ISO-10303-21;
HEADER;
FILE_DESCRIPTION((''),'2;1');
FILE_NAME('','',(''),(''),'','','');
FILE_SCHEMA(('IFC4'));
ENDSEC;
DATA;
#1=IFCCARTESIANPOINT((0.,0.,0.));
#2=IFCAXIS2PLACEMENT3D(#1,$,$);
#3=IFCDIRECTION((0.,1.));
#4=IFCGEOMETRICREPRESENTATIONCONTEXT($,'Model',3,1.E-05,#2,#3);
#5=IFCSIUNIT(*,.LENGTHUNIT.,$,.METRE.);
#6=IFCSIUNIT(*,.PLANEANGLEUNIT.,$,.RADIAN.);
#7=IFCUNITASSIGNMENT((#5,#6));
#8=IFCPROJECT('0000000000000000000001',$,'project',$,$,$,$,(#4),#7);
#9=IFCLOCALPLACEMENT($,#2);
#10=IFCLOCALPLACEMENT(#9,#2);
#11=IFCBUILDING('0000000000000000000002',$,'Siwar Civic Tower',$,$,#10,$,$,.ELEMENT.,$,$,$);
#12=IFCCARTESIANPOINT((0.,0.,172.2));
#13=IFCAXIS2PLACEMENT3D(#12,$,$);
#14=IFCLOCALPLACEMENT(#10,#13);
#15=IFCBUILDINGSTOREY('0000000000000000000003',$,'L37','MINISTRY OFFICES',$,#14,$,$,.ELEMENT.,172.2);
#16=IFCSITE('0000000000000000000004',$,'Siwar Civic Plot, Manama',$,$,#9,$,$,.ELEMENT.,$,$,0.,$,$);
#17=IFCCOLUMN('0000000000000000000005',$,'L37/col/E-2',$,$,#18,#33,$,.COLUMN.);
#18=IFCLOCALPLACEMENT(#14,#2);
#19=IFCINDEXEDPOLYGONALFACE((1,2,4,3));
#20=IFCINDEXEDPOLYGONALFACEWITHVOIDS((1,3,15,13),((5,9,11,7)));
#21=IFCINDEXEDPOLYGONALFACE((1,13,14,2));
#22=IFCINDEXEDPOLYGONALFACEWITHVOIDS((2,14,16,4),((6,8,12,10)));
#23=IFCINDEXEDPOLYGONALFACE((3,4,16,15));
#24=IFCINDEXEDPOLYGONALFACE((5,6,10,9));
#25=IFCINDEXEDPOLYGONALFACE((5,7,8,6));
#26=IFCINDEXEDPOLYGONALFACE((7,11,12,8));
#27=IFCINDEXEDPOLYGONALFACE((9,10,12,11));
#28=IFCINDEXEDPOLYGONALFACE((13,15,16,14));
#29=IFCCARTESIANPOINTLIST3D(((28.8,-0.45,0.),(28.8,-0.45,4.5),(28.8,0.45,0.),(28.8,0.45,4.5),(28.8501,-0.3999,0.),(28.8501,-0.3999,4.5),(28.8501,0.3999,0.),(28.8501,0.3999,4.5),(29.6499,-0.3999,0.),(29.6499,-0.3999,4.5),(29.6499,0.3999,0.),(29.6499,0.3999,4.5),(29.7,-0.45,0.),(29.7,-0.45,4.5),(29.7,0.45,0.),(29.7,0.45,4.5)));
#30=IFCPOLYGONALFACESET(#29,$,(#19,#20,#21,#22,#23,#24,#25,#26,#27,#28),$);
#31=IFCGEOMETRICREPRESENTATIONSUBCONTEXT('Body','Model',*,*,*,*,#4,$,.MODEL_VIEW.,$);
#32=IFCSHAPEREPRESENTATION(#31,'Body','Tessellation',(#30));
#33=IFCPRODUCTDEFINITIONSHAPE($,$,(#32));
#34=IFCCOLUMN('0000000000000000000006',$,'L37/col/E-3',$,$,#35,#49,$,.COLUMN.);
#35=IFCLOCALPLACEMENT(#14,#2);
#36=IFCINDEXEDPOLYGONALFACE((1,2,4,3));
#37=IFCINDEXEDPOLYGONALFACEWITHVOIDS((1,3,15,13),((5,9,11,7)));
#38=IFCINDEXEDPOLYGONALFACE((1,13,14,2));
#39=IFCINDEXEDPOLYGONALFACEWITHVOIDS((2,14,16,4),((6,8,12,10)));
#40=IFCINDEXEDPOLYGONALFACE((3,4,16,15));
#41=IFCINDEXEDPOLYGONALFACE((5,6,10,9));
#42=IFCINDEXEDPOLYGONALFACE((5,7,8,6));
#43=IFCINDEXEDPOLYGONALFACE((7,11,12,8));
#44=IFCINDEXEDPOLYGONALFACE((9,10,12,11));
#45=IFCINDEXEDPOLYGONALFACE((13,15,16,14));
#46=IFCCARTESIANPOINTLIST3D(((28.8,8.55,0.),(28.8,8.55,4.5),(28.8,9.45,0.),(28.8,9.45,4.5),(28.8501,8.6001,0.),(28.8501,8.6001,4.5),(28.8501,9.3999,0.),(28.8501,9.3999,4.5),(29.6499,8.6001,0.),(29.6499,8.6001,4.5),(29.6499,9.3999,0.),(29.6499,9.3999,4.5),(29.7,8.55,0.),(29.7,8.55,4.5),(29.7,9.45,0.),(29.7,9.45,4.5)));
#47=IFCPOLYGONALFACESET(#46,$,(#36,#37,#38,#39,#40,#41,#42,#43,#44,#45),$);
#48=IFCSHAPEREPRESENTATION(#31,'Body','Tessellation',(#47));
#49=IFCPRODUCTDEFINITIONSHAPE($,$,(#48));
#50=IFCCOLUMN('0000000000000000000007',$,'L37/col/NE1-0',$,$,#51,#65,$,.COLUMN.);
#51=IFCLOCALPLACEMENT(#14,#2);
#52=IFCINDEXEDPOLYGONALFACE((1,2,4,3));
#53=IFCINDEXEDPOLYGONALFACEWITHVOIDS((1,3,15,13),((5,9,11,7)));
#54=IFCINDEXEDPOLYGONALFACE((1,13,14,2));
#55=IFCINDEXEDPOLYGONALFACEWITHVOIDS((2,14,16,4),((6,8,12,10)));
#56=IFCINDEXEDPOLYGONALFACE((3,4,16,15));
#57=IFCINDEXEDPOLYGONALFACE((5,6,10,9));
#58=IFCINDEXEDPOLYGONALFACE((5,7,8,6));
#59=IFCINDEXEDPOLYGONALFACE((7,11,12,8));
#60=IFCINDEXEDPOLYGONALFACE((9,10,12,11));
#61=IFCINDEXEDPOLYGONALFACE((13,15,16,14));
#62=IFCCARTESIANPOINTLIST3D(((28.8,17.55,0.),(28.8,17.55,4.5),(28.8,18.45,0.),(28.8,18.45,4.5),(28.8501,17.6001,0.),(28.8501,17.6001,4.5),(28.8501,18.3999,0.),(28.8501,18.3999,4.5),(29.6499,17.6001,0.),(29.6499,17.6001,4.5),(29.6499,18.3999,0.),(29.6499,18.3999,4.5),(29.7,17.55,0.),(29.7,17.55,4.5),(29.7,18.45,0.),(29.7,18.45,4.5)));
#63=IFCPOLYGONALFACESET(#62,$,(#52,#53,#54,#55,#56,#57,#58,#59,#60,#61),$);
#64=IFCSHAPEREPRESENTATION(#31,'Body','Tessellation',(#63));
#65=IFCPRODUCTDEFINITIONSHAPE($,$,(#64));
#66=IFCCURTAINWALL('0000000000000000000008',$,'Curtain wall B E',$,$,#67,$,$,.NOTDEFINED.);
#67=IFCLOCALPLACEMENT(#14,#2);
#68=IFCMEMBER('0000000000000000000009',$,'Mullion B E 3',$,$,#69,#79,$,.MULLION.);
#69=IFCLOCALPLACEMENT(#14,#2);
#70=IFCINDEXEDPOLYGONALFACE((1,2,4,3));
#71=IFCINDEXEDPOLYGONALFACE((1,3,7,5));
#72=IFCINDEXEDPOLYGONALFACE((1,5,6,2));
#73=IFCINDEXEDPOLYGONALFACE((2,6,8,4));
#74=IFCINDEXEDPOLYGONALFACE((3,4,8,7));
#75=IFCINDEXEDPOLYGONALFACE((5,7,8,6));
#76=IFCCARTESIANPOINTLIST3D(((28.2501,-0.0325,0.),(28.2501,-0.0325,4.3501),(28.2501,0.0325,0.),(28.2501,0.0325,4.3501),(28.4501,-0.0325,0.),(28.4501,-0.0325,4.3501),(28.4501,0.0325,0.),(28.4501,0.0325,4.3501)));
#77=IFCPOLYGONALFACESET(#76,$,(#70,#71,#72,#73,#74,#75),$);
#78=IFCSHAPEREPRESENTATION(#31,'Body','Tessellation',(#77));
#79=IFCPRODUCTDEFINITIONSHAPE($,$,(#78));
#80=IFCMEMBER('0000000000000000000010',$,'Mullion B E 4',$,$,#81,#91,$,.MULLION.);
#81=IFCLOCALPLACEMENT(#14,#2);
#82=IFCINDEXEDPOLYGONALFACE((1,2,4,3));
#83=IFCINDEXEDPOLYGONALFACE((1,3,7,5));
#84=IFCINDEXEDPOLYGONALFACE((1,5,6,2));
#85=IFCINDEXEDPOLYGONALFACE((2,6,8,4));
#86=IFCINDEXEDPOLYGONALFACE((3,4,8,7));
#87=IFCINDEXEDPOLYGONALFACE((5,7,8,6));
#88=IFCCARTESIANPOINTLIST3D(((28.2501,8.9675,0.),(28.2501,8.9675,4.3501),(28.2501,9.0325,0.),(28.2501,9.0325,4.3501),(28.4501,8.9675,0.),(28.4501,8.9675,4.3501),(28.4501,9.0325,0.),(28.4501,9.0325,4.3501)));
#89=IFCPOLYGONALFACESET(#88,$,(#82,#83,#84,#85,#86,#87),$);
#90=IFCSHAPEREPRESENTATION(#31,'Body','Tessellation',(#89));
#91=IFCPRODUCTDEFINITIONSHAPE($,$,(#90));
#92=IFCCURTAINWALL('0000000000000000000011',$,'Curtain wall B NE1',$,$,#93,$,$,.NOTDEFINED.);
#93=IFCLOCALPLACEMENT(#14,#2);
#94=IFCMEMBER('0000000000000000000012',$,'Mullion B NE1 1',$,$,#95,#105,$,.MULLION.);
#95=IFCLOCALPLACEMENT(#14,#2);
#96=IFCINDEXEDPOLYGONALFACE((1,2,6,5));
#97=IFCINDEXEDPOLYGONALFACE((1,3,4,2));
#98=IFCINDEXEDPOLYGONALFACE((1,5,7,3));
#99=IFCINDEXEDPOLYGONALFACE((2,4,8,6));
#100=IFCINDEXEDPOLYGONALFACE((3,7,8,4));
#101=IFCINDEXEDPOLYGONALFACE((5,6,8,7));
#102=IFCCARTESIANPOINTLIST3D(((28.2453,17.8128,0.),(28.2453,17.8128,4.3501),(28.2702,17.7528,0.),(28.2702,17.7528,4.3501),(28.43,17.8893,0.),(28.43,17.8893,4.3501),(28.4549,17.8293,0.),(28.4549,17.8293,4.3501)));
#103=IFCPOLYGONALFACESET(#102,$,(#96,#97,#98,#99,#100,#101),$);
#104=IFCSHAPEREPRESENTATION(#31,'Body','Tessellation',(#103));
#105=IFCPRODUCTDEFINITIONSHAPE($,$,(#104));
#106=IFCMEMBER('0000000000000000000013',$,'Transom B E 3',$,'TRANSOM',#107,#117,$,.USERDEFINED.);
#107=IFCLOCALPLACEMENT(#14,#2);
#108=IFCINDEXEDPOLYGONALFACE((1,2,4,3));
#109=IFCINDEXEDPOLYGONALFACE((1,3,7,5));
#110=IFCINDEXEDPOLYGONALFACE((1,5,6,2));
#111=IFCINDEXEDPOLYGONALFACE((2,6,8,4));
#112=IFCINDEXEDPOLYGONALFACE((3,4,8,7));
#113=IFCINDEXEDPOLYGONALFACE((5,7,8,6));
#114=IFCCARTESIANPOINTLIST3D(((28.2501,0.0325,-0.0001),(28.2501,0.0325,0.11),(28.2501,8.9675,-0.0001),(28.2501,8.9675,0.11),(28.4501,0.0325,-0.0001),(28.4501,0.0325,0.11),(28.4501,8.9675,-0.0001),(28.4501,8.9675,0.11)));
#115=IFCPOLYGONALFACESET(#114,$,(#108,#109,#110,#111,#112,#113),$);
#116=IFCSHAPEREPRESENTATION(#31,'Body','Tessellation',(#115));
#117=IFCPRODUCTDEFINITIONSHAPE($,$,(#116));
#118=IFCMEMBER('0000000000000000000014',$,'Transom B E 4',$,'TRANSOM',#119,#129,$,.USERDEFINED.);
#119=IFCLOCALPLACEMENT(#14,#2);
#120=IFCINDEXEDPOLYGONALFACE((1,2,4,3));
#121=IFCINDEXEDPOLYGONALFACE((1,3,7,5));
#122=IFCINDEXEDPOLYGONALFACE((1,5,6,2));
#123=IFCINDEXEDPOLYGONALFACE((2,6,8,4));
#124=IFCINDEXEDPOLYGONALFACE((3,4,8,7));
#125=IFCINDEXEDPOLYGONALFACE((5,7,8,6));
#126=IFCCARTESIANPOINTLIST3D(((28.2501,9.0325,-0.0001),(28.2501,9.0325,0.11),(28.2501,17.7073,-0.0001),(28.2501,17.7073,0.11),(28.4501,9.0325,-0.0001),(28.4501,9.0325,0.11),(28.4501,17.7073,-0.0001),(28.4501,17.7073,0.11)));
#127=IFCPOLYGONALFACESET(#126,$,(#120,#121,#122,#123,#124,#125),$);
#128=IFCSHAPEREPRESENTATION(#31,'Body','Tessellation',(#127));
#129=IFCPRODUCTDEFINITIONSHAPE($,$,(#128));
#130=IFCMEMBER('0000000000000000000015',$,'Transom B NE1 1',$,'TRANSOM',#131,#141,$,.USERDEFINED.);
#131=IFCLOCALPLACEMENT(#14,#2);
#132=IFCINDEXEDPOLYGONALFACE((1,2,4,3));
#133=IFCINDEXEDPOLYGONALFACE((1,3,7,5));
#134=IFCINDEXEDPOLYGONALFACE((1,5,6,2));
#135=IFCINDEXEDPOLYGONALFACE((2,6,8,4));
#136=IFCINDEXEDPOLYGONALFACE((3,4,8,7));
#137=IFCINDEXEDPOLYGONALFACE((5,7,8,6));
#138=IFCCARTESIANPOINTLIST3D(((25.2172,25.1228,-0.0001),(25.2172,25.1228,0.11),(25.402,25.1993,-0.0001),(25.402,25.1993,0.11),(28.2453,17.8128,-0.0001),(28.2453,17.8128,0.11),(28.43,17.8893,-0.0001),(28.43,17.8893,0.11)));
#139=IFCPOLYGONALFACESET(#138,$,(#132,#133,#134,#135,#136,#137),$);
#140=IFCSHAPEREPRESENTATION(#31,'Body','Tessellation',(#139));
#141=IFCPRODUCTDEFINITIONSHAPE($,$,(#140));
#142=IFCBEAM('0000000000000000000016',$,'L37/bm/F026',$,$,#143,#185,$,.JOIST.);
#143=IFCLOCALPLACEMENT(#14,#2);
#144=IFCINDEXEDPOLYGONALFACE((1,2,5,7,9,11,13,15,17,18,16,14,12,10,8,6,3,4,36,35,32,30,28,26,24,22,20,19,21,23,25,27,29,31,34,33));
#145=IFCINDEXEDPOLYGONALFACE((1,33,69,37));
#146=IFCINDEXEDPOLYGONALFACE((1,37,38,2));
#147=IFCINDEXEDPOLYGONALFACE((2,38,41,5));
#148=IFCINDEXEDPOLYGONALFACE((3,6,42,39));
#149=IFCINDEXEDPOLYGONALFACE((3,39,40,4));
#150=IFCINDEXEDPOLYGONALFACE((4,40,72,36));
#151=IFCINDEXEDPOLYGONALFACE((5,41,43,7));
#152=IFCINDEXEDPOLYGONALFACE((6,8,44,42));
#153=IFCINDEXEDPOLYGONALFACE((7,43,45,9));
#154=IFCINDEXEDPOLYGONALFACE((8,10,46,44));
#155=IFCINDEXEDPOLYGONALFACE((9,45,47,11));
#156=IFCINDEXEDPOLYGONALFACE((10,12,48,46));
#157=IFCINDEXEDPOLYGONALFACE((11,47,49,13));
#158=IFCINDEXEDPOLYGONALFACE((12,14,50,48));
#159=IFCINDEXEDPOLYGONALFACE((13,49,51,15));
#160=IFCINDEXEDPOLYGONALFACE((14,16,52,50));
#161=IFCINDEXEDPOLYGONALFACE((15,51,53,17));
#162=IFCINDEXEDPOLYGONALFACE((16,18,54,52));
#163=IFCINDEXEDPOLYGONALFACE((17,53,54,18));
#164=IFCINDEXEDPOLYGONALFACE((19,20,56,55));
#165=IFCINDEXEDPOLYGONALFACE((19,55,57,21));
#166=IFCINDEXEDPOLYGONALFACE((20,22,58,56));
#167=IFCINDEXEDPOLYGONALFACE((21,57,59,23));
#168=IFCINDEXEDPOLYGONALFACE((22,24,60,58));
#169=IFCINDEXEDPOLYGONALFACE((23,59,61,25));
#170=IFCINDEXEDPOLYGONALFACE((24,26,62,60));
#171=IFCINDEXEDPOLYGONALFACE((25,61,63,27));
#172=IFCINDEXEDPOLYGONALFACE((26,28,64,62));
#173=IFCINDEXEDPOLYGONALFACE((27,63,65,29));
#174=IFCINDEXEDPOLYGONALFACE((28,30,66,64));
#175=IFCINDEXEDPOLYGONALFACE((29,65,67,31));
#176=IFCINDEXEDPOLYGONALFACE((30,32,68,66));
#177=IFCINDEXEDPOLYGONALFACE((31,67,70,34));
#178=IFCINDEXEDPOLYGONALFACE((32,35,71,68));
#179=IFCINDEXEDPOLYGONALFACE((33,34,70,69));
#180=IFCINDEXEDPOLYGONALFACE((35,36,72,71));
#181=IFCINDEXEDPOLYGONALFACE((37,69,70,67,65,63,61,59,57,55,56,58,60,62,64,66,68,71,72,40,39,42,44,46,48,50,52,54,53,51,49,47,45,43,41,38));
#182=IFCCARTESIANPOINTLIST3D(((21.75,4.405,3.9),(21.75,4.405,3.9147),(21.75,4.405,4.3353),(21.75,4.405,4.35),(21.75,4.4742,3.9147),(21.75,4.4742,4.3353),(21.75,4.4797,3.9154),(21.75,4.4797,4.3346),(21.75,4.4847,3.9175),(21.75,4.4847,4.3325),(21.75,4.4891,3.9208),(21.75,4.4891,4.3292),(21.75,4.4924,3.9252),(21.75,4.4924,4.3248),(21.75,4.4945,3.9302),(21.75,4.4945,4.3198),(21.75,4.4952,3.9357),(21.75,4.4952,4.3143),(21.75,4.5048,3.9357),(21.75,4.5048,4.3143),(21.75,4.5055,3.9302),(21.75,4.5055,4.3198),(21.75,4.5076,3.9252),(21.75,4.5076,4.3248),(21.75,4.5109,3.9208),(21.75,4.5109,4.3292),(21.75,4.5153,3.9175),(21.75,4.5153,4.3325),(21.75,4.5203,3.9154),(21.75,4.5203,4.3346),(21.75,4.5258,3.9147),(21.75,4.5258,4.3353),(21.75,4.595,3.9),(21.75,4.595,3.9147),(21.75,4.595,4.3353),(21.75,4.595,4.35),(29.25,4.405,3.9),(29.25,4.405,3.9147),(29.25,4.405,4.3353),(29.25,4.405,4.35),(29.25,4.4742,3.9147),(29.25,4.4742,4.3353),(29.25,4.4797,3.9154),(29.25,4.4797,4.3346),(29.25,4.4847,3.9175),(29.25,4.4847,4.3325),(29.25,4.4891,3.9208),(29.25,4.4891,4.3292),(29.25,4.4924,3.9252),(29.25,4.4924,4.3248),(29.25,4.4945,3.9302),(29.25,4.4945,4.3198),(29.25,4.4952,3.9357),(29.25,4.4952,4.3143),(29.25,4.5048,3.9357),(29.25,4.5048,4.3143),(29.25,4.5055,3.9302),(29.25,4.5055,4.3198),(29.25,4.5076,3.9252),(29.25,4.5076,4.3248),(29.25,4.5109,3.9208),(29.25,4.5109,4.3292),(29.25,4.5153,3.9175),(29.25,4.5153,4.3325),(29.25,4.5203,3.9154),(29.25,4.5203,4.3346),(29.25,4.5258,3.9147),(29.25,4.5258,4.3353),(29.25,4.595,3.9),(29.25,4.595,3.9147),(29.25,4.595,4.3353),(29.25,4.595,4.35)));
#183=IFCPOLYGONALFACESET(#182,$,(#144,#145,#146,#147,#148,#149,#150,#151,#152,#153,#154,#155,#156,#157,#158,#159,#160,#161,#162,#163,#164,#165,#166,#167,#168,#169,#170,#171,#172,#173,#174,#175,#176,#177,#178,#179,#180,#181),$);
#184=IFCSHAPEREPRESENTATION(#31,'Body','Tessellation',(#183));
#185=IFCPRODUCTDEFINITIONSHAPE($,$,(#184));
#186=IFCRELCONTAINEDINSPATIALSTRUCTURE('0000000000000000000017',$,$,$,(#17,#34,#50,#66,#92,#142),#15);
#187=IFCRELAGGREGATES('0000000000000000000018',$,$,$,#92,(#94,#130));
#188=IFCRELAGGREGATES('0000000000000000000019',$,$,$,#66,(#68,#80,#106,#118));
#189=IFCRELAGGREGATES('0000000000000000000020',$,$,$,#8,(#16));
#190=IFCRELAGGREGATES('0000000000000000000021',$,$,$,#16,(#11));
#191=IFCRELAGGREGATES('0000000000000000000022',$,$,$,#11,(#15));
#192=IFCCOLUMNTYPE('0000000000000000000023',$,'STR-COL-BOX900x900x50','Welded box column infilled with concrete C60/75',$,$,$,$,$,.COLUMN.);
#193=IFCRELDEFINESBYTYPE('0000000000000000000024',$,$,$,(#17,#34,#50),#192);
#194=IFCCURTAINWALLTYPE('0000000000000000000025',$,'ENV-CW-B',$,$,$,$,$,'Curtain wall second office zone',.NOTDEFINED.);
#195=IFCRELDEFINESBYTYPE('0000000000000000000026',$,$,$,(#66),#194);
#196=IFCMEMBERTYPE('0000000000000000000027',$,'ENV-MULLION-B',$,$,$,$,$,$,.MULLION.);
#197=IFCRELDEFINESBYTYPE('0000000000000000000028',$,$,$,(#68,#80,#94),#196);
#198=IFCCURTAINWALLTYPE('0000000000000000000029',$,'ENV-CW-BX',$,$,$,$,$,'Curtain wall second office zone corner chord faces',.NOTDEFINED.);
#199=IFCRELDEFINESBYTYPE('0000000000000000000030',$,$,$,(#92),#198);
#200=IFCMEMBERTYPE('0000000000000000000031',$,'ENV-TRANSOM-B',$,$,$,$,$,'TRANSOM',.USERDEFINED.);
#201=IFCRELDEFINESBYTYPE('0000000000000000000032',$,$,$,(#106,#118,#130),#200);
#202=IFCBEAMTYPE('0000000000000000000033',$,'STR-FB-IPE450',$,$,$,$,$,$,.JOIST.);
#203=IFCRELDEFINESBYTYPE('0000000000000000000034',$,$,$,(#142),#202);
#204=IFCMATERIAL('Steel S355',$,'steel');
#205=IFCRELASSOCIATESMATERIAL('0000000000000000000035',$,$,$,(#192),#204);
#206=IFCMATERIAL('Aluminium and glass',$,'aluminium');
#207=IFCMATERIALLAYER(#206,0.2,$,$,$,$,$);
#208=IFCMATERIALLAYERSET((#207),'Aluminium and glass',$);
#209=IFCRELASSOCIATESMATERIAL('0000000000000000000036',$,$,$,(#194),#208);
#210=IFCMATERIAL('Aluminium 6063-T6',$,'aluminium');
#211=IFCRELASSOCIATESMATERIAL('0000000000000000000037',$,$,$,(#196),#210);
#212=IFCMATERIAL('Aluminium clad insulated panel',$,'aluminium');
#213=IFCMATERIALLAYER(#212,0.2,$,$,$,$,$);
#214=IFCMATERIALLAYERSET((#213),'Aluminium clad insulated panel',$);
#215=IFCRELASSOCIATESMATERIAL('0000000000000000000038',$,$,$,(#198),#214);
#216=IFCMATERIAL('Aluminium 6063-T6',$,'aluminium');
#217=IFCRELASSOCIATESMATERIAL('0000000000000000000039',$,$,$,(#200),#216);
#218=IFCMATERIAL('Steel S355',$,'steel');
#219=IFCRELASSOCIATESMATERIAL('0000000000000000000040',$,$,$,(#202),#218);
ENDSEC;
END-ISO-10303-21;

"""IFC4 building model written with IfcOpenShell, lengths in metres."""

from ifc_helpers import new_model, si_unit, direction, frame, origin, origin_2d, place, context, subcontext, project, spatial, rectangle, hollow_rectangle, i_section, extrude, material, layer, layer_set, material_profile, profile_set, type_object, element, aggregate, save


model = new_model("IFC4")

# Units and contexts
model_context = context("Model", 3, precision=1e-05, world=origin(), true_north=direction((0.0, 1.0)))
body_context = subcontext(model_context, "Body", "Model", "MODEL_VIEW")
ifc_project = project(units=[si_unit("LENGTHUNIT", "METRE"), si_unit("PLANEANGLEUNIT", "RADIAN")], contexts=[model_context])

# Site, building, storey
site_placement = place(None, origin())
site = spatial("IfcSite", under=ifc_project, at=site_placement, Name="Siwar Civic Plot, Manama", CompositionType="ELEMENT", RefElevation=0.0)
building_placement = place(site_placement, origin())
building = spatial("IfcBuilding", under=site, at=building_placement, Name="Siwar Civic Tower", CompositionType="ELEMENT")
storey_placement = place(building_placement, frame((0.0, 0.0, 172.2)))
storey = spatial("IfcBuildingStorey", under=building, at=storey_placement, Name="L37", Description="MINISTRY OFFICES", CompositionType="ELEMENT", Elevation=172.2)

# Columns
ifc_material_1 = material(Name="Steel S355", Category="steel")
ifc_material_profile_1 = material_profile(ifc_material_1, hollow_rectangle(XDim=0.8999, YDim=0.8999, WallThickness=0.05, at=origin_2d()), Name="BOX900x900x50")
ifc_profile_set_1 = profile_set([ifc_material_profile_1], Name="Steel S355")
column_type = type_object("IfcColumnType", Name="STR-COL-BOX900x900x50", Description="Welded box column infilled with concrete C60/75", PredefinedType="COLUMN", material=ifc_profile_set_1)
for number, where, z_axis, x_axis, name in (
    (1, (29.25, 0.0, 0.0), (0.0, 0.0, 1.0), (1.0, 0.0, 0.0), "L37/col/E-2"),
    (2, (29.25, 9.0, 0.0), (0.0, 0.0, 1.0), (1.0, 0.0, 0.0), "L37/col/E-3"),
    (3, (29.25, 18.0, 0.0), (0.0, 0.0, 1.0), (1.0, 0.0, 0.0), "L37/col/NE1-0"),
):
    element("IfcColumn", number, at=place(storey_placement, frame(where, z_axis=z_axis, x_axis=x_axis)), inside=storey, type_object=column_type, Name=name, PredefinedType="COLUMN", context=body_context, shape_type="SweptSolid", body=[
        extrude(hollow_rectangle(XDim=0.8999, YDim=0.8999, WallThickness=0.05, at=origin_2d()), origin(), (0.0, 0.0, 1.0), 4.5),
    ])

# Curtain wall, members
ifc_material_2 = material(Name="Aluminium and glass", Category="aluminium")
ifc_layer_1 = layer(ifc_material_2, 0.2)
ifc_layer_set_1 = layer_set([ifc_layer_1], Name="Aluminium and glass")
curtain_wall_type_1 = type_object("IfcCurtainWallType", Name="ENV-CW-B", ElementType="Curtain wall second office zone", PredefinedType="NOTDEFINED", material=ifc_layer_set_1)
curtain_wall_1_placement = place(storey_placement, origin())
curtain_wall_1 = element("IfcCurtainWall", 4, at=curtain_wall_1_placement, inside=storey, type_object=curtain_wall_type_1, Name="Curtain wall B E", PredefinedType="NOTDEFINED")
ifc_material_3 = material(Name="Aluminium 6063-T6", Category="aluminium")
ifc_material_profile_2 = material_profile(ifc_material_3, rectangle(XDim=0.2, YDim=0.0649, at=origin_2d()), Name="AL 200x65")
ifc_profile_set_2 = profile_set([ifc_material_profile_2], Name="Aluminium 6063-T6")
member_type_1 = type_object("IfcMemberType", Name="ENV-MULLION-B", PredefinedType="MULLION", material=ifc_profile_set_2)
member_1_placement = place(storey_placement, frame((28.3501, 0.0, 0.0), z_axis=(0.0, 0.0, 1.0), x_axis=(-1.0, 0.0, 0.0)))
member_1 = element("IfcMember", 5, at=member_1_placement, type_object=member_type_1, Name="Mullion B E 3", PredefinedType="MULLION", context=body_context, shape_type="SweptSolid", body=[
    extrude(rectangle(XDim=0.2, YDim=0.0649, at=origin_2d()), origin(), (0.0, 0.0, 1.0), 4.3501),
])
member_2_placement = place(storey_placement, frame((28.3501, 9.0, 0.0), z_axis=(0.0, 0.0, 1.0), x_axis=(-1.0, 0.0, 0.0)))
member_2 = element("IfcMember", 6, at=member_2_placement, type_object=member_type_1, Name="Mullion B E 4", PredefinedType="MULLION", context=body_context, shape_type="SweptSolid", body=[
    extrude(rectangle(XDim=0.2, YDim=0.0649, at=origin_2d()), origin(), (0.0, 0.0, 1.0), 4.3501),
])

# Curtain wall, member
ifc_material_4 = material(Name="Aluminium clad insulated panel", Category="aluminium")
ifc_layer_2 = layer(ifc_material_4, 0.2)
ifc_layer_set_2 = layer_set([ifc_layer_2], Name="Aluminium clad insulated panel")
curtain_wall_type_2 = type_object("IfcCurtainWallType", Name="ENV-CW-BX", ElementType="Curtain wall second office zone corner chord faces", PredefinedType="NOTDEFINED", material=ifc_layer_set_2)
curtain_wall_2_placement = place(storey_placement, origin())
curtain_wall_2 = element("IfcCurtainWall", 7, at=curtain_wall_2_placement, inside=storey, type_object=curtain_wall_type_2, Name="Curtain wall B NE1", PredefinedType="NOTDEFINED")
member_3_placement = place(storey_placement, frame((28.3501, 17.821, 0.0), z_axis=(0.0, 0.0, 1.0), x_axis=(-0.92388, -0.382683, 0.0)))
member_3 = element("IfcMember", 8, at=member_3_placement, type_object=member_type_1, Name="Mullion B NE1 1", PredefinedType="MULLION", context=body_context, shape_type="SweptSolid", body=[
    extrude(rectangle(XDim=0.2, YDim=0.0649, at=origin_2d()), origin(), (0.0, 0.0, 1.0), 4.3501),
])

# Members
ifc_material_5 = material(Name="Aluminium 6063-T6", Category="aluminium")
ifc_material_profile_3 = material_profile(ifc_material_5, rectangle(XDim=0.2, YDim=0.1101, at=origin_2d()), Name="AL 200x110")
ifc_profile_set_3 = profile_set([ifc_material_profile_3], Name="Aluminium 6063-T6")
member_type_2 = type_object("IfcMemberType", Name="ENV-TRANSOM-B", ElementType="TRANSOM", PredefinedType="USERDEFINED", material=ifc_profile_set_3)
member_4_placement = place(storey_placement, frame((28.3501, 0.0325, 0.0549), z_axis=(0.0, 1.0, 0.0), x_axis=(-1.0, 0.0, 0.0)))
member_4 = element("IfcMember", 9, at=member_4_placement, type_object=member_type_2, Name="Transom B E 3", ObjectType="TRANSOM", PredefinedType="USERDEFINED", context=body_context, shape_type="SweptSolid", body=[
    extrude(rectangle(XDim=0.2, YDim=0.1101, at=origin_2d()), origin(), (0.0, 0.0, 1.0), 8.9351),
])
member_5_placement = place(storey_placement, frame((28.3501, 9.0325, 0.0549), z_axis=(0.0, 1.0, 0.0), x_axis=(-1.0, 0.0, 0.0)))
member_5 = element("IfcMember", 10, at=member_5_placement, type_object=member_type_2, Name="Transom B E 4", ObjectType="TRANSOM", PredefinedType="USERDEFINED", context=body_context, shape_type="SweptSolid", body=[
    extrude(rectangle(XDim=0.2, YDim=0.1101, at=origin_2d()), origin(), (0.0, 0.0, 1.0), 8.6748),
])
member_6_placement = place(storey_placement, frame((28.3376, 17.8511, 0.0549), z_axis=(-0.3827, 0.923873, 0.0), x_axis=(-0.923873, -0.3827, 0.0)))
member_6 = element("IfcMember", 11, at=member_6_placement, type_object=member_type_2, Name="Transom B NE1 1", ObjectType="TRANSOM", PredefinedType="USERDEFINED", context=body_context, shape_type="SweptSolid", body=[
    extrude(rectangle(XDim=0.2, YDim=0.1101, at=origin_2d()), origin(), (0.0, 0.0, 1.0), 7.9124),
])
aggregate(curtain_wall_2, [member_3, member_6])

# Beam
ifc_material_6 = material(Name="Steel S355", Category="steel")
ifc_material_profile_4 = material_profile(ifc_material_6, i_section(OverallWidth=0.1899, OverallDepth=0.45, WebThickness=0.0095, FlangeThickness=0.0146, FilletRadius=0.021, at=origin_2d()), Name="IPE450")
ifc_profile_set_4 = profile_set([ifc_material_profile_4], Name="Steel S355")
beam_type_1 = type_object("IfcBeamType", Name="STR-FB-IPE450", PredefinedType="JOIST", material=ifc_profile_set_4)
for number, where, z_axis, x_axis, name in (
    (12, (21.75, 4.5, 4.125), (1.0, 0.0, 0.0), (0.0, 1.0, 0.0), "L37/bm/F026"),
):
    element("IfcBeam", number, at=place(storey_placement, frame(where, z_axis=z_axis, x_axis=x_axis)), inside=storey, type_object=beam_type_1, Name=name, PredefinedType="JOIST", context=body_context, shape_type="SweptSolid", body=[
        extrude(i_section(OverallWidth=0.1899, OverallDepth=0.45, WebThickness=0.0095, FlangeThickness=0.0146, FilletRadius=0.021, at=origin_2d()), origin(), (0.0, 0.0, 1.0), 7.5),
    ])

aggregate(curtain_wall_1, [member_1, member_2, member_4, member_5])

save(model, "model.ifc")
